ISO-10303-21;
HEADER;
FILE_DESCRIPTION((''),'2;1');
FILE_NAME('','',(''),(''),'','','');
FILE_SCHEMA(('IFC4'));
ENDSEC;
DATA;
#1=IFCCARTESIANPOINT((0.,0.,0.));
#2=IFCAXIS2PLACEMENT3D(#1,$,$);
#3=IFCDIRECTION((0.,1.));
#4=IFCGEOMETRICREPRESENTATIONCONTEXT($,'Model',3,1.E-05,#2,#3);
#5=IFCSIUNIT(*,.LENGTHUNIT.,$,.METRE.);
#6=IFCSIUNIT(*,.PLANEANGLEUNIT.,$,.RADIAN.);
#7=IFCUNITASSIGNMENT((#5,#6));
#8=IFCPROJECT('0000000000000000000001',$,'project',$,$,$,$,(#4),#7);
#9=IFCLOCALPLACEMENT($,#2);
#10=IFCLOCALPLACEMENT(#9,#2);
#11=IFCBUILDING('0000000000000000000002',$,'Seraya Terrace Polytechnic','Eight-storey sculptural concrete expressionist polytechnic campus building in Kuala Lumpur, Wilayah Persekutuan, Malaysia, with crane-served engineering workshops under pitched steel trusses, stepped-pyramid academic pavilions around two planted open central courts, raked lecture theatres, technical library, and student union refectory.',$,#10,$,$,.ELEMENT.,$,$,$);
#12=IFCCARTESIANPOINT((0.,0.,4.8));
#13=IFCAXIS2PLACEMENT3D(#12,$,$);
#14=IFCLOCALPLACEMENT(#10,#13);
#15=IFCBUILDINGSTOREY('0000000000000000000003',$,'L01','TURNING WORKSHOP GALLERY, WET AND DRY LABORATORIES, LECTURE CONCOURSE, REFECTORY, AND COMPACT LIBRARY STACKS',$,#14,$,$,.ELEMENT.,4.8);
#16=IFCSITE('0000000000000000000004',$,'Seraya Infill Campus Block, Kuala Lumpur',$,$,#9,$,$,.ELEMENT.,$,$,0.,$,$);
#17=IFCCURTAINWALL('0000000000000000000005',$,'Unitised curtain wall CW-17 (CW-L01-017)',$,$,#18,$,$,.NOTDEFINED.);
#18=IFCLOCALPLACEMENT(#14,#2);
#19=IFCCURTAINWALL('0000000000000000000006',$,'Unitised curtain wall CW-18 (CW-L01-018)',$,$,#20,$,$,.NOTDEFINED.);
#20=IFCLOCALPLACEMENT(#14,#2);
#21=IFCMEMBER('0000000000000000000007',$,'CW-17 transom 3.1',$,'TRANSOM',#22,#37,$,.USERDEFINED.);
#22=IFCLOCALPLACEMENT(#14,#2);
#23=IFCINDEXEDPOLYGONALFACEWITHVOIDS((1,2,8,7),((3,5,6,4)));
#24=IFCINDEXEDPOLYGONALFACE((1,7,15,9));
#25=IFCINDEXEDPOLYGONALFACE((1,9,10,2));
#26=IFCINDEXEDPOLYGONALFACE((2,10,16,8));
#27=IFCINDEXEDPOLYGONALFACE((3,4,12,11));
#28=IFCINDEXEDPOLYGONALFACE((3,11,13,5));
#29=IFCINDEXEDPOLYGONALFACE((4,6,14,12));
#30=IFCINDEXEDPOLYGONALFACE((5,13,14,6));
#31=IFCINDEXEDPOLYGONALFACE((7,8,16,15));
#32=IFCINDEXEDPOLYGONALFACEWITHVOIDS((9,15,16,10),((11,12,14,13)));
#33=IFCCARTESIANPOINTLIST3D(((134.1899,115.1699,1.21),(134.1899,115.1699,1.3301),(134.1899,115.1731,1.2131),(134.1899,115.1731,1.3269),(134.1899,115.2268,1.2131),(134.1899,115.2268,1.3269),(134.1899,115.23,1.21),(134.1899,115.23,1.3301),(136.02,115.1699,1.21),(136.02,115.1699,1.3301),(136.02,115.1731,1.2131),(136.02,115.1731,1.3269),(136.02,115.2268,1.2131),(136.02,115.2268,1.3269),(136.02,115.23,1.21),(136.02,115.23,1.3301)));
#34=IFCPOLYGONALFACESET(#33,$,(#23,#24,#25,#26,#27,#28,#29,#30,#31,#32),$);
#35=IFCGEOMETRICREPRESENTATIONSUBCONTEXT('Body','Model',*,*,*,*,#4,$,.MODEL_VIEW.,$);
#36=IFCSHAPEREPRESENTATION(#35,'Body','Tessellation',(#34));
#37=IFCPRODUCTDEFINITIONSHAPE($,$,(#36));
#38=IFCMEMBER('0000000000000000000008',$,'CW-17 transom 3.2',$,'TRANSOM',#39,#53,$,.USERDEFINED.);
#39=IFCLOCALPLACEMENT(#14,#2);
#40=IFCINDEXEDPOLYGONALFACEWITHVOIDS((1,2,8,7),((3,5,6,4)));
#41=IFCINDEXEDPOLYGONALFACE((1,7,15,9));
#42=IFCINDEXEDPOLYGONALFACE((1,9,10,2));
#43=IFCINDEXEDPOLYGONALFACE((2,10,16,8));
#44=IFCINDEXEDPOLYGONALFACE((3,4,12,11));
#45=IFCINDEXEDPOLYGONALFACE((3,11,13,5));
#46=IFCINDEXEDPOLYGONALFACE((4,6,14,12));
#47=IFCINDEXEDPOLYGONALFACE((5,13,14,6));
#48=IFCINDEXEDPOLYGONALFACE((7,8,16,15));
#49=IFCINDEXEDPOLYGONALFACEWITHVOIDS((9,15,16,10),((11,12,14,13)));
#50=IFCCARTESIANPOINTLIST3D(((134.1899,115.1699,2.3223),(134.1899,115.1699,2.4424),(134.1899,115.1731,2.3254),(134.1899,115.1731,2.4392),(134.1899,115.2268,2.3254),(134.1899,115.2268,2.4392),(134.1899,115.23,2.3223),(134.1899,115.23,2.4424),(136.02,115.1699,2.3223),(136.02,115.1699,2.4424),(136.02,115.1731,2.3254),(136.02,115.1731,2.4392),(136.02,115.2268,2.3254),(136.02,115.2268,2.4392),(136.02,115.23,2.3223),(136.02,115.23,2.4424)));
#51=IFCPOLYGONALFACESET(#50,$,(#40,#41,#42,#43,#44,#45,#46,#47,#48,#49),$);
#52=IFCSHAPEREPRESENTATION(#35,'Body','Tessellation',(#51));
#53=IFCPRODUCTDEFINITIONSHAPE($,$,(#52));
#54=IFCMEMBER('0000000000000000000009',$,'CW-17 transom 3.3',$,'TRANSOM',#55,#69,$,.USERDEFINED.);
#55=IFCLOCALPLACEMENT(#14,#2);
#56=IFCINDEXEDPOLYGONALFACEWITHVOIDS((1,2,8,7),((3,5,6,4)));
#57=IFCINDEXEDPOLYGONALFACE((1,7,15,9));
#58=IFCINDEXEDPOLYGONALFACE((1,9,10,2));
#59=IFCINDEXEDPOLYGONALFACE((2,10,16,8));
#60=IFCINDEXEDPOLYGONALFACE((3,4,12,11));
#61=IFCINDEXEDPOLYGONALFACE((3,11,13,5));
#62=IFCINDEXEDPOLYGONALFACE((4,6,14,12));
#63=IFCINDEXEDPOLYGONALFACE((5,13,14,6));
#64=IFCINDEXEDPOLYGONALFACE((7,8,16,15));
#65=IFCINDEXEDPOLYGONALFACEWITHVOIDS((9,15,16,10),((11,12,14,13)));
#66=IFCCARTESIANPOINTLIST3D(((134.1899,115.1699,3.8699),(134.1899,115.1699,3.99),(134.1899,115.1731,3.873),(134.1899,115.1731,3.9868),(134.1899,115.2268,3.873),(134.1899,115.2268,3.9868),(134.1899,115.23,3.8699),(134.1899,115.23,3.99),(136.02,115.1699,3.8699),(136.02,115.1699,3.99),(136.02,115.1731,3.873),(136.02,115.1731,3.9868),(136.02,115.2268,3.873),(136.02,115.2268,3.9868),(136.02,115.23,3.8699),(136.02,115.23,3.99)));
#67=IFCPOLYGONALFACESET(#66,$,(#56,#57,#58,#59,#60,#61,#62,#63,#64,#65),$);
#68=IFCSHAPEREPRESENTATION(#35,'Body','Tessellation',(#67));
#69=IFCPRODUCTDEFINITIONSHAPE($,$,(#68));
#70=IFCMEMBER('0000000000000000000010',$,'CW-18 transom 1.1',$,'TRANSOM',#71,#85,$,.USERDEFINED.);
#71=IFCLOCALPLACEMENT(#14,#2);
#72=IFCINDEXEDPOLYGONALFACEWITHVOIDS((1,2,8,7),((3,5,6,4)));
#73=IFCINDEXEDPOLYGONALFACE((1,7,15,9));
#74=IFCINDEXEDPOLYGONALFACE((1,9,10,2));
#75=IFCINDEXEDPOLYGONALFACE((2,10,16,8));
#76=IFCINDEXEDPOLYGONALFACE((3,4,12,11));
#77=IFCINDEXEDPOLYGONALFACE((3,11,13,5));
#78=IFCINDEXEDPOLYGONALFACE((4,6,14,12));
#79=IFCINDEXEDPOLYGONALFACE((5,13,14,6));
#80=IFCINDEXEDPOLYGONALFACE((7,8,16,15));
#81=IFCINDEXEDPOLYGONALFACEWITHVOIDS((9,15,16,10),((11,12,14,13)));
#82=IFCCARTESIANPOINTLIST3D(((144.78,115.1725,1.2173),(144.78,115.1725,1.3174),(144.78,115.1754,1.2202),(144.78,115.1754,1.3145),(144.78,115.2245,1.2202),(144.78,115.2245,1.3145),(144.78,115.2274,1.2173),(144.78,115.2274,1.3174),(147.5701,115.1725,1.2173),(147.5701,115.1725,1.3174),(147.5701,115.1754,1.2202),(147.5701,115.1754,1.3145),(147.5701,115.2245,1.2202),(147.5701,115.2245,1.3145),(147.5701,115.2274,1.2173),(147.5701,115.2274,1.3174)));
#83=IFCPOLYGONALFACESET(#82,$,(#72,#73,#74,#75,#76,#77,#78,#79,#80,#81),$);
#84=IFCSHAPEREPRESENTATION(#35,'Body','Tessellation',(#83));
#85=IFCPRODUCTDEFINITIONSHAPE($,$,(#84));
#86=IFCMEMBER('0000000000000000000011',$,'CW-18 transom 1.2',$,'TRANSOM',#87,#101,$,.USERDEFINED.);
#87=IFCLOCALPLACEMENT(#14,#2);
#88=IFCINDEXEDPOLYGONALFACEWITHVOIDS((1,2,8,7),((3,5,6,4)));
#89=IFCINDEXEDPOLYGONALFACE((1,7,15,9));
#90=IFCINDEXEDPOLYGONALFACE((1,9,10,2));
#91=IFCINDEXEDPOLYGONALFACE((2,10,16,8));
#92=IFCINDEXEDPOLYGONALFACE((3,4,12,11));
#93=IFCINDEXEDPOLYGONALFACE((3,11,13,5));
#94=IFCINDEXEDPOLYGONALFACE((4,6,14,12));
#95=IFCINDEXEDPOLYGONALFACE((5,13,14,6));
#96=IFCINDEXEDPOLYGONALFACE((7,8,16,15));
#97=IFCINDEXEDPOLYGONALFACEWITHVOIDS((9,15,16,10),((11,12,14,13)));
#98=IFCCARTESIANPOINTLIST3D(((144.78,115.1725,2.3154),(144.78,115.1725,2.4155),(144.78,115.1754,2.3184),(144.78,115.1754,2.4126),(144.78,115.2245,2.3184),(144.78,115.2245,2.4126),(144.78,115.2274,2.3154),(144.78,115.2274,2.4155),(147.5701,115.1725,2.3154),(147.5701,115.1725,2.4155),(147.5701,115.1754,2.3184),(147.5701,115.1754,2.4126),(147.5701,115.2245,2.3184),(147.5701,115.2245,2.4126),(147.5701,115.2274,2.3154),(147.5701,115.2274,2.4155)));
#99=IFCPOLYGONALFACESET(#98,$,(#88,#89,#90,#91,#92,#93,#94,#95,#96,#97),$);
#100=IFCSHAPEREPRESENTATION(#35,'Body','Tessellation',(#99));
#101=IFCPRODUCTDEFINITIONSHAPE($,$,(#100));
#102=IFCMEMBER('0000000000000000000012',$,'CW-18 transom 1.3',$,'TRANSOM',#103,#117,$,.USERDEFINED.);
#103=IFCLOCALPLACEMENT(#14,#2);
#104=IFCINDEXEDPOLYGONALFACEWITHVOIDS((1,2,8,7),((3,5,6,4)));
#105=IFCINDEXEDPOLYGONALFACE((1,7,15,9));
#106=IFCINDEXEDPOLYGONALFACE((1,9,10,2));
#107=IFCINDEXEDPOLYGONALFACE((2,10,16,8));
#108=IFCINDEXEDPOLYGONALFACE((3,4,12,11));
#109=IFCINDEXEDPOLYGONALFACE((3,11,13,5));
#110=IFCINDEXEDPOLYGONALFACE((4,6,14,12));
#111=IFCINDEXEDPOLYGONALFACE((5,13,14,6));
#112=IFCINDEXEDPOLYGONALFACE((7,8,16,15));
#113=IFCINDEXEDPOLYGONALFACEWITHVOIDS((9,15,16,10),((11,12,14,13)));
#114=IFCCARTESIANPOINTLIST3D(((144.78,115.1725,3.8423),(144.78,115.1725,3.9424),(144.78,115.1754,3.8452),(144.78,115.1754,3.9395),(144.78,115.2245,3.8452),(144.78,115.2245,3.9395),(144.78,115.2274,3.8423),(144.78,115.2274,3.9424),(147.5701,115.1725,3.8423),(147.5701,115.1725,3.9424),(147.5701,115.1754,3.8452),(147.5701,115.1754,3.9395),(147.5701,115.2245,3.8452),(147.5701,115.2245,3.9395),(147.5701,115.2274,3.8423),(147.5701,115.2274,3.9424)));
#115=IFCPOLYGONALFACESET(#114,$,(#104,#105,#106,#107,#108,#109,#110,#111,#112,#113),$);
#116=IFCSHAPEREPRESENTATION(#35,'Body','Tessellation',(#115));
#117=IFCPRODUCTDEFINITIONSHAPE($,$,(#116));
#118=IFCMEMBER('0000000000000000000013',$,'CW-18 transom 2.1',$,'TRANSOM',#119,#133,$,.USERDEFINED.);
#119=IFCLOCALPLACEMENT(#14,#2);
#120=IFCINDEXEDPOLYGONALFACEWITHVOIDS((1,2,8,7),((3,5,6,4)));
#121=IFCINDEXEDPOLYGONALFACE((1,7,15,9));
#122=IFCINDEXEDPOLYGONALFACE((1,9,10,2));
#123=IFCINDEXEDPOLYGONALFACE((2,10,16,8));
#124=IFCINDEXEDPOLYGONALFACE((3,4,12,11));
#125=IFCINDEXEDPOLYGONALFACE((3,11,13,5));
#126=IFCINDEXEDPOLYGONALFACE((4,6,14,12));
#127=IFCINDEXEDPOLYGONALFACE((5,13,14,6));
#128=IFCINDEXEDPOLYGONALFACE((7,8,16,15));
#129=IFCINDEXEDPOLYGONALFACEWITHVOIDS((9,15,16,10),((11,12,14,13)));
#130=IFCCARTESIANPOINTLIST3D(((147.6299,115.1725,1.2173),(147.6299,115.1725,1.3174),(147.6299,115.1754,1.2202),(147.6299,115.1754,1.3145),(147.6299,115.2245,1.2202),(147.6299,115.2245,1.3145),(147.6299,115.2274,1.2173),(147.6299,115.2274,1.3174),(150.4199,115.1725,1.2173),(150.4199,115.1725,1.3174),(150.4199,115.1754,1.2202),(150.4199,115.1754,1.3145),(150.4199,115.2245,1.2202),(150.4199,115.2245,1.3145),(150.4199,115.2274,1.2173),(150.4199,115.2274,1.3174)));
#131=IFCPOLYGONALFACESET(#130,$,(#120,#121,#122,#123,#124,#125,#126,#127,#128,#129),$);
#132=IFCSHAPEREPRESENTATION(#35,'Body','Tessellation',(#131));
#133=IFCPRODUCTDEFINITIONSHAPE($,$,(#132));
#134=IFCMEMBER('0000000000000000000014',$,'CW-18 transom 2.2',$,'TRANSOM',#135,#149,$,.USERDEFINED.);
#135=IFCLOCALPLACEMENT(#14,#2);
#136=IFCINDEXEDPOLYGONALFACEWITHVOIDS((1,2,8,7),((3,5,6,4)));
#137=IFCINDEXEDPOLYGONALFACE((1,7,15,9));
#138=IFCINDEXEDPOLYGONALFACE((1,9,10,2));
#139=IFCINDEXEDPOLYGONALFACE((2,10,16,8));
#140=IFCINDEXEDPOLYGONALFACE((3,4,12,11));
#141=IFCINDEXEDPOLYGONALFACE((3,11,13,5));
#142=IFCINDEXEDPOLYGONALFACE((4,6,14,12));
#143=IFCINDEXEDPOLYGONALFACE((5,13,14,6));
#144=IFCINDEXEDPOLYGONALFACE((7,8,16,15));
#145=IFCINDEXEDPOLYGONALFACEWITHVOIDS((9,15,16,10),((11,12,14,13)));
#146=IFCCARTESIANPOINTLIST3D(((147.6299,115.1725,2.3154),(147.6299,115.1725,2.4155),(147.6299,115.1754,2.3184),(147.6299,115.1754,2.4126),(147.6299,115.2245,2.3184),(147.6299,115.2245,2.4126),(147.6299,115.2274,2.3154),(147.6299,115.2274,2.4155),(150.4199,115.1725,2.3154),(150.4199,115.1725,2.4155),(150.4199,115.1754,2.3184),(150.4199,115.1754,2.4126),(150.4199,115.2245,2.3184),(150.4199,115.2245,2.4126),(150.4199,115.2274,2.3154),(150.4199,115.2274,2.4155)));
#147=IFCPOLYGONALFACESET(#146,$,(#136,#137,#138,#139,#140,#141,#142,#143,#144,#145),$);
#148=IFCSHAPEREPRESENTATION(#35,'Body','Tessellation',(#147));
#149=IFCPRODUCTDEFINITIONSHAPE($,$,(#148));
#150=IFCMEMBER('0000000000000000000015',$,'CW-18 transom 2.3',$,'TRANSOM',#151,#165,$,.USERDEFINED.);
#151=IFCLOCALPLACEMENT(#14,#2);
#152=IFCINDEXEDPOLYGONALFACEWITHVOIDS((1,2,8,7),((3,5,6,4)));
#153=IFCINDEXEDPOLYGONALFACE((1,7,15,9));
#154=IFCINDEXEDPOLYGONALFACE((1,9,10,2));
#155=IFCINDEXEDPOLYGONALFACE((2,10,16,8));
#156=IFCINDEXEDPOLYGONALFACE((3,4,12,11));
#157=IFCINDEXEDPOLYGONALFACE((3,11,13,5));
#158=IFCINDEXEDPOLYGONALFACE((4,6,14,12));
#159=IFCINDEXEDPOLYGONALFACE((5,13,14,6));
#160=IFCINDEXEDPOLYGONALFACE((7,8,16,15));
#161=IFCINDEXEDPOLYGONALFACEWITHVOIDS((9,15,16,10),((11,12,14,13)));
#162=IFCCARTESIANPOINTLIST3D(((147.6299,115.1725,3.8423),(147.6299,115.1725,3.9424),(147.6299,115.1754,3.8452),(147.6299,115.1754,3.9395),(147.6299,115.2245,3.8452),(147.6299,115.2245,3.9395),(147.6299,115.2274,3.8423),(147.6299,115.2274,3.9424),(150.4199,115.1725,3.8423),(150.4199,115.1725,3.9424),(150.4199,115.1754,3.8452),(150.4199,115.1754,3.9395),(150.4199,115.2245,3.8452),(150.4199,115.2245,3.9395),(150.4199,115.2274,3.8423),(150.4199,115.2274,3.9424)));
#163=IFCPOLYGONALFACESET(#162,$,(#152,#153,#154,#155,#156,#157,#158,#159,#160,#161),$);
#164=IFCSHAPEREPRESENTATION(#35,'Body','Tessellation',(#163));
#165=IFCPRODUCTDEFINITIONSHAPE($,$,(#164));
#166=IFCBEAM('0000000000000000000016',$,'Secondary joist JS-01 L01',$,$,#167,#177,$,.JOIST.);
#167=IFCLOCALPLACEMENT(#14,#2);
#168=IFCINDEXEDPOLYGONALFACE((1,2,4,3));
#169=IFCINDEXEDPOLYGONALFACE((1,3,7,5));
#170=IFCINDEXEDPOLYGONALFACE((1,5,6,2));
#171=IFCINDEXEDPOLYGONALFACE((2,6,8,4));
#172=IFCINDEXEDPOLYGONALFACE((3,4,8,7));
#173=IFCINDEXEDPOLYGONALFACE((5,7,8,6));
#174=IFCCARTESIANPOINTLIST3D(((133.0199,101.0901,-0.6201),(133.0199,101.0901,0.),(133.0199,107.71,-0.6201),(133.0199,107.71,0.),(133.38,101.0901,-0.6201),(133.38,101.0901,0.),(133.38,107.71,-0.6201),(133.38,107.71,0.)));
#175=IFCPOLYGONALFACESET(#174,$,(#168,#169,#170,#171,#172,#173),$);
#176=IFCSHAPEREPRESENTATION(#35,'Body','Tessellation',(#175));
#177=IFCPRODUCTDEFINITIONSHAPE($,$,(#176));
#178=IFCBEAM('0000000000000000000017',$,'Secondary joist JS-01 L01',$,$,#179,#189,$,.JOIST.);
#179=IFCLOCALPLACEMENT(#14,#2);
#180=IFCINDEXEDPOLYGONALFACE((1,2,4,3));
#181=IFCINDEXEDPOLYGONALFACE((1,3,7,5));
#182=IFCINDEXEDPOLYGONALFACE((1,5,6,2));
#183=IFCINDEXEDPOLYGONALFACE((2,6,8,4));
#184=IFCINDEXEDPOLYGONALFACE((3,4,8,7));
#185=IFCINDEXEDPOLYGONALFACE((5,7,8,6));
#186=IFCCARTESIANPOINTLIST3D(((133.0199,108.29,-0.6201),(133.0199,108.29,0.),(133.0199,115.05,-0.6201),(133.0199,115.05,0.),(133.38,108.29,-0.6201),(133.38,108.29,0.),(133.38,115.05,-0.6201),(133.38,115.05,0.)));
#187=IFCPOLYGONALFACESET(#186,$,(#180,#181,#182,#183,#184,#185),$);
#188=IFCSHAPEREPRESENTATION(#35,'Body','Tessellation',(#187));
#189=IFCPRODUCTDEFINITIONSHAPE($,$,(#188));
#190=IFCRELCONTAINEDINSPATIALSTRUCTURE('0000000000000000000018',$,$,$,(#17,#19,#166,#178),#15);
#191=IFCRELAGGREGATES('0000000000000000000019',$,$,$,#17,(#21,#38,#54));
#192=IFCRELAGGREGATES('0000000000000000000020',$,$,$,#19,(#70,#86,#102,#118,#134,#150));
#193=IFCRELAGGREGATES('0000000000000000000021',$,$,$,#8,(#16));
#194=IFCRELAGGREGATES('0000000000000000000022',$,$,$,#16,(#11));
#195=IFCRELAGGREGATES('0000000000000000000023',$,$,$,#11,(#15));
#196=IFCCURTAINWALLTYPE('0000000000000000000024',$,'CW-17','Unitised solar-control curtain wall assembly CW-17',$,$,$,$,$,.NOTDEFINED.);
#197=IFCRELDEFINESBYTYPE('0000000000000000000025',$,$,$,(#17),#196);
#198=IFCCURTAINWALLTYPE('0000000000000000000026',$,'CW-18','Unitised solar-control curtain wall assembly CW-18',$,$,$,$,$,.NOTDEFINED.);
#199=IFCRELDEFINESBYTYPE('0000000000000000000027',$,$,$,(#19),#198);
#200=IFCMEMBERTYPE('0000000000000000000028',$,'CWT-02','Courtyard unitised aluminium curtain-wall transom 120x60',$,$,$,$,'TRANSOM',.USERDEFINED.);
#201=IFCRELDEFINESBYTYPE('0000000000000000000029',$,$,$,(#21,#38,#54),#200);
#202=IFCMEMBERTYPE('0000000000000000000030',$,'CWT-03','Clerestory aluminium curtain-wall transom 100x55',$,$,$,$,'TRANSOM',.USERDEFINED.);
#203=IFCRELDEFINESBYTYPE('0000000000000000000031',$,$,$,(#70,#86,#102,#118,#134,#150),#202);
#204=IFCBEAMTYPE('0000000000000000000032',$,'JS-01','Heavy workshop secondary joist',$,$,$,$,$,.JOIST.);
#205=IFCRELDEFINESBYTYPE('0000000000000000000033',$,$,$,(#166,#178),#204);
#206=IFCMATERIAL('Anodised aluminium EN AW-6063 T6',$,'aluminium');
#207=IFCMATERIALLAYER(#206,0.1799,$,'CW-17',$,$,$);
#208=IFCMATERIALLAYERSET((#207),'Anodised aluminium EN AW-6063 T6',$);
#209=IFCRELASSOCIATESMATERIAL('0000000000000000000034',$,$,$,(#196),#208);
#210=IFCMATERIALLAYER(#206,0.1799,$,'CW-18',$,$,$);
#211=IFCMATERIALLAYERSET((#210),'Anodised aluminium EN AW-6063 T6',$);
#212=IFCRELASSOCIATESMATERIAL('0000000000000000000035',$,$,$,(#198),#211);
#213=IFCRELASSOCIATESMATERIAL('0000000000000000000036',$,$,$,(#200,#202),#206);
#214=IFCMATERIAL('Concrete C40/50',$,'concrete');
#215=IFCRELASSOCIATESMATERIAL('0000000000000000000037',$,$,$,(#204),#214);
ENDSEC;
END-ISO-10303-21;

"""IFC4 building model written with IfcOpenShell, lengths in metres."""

from ifc_helpers import new_model, si_unit, direction, frame, origin, origin_2d, place, context, subcontext, project, spatial, rectangle, hollow_rectangle, extrude, material, layer, layer_set, material_profile, profile_set, type_object, element, aggregate, save


model = new_model("IFC4")

# Units and contexts
model_context = context("Model", 3, precision=1e-05, world=origin(), true_north=direction((0.0, 1.0)))
body_context = subcontext(model_context, "Body", "Model", "MODEL_VIEW")
ifc_project = project(units=[si_unit("LENGTHUNIT", "METRE"), si_unit("PLANEANGLEUNIT", "RADIAN")], contexts=[model_context])

# Site, building, storey
site_placement = place(None, origin())
site = spatial("IfcSite", under=ifc_project, at=site_placement, Name="Seraya Infill Campus Block, Kuala Lumpur", CompositionType="ELEMENT", RefElevation=0.0)
building_placement = place(site_placement, origin())
building = spatial("IfcBuilding", under=site, at=building_placement, Name="Seraya Terrace Polytechnic", Description="Eight-storey sculptural concrete expressionist polytechnic campus building in Kuala Lumpur, Wilayah Persekutuan, Malaysia, with crane-served engineering workshops under pitched steel trusses, stepped-pyramid academic pavilions around two planted open central courts, raked lecture theatres, technical library, and student union refectory.", CompositionType="ELEMENT")
storey_placement = place(building_placement, frame((0.0, 0.0, 4.8)))
storey = spatial("IfcBuildingStorey", under=building, at=storey_placement, Name="L01", Description="TURNING WORKSHOP GALLERY, WET AND DRY LABORATORIES, LECTURE CONCOURSE, REFECTORY, AND COMPACT LIBRARY STACKS", CompositionType="ELEMENT", Elevation=4.8)

# Shared definitions
ifc_material_1 = material(Name="Concrete C40/50", Category="concrete")

# Curtain walls
ifc_material_2 = material(Name="Anodised aluminium EN AW-6063 T6", Category="aluminium")
ifc_layer_1 = layer(ifc_material_2, 0.1799, Name="CW-17")
ifc_layer_set_1 = layer_set([ifc_layer_1], Name="Anodised aluminium EN AW-6063 T6")
curtain_wall_type_1 = type_object("IfcCurtainWallType", Name="CW-17", Description="Unitised solar-control curtain wall assembly CW-17", PredefinedType="NOTDEFINED", material=ifc_layer_set_1)
curtain_wall_1_placement = place(storey_placement, origin())
curtain_wall_1 = element("IfcCurtainWall", 1, at=curtain_wall_1_placement, inside=storey, type_object=curtain_wall_type_1, Name="Unitised curtain wall CW-17 (CW-L01-017)", PredefinedType="NOTDEFINED")
ifc_layer_2 = layer(ifc_material_2, 0.1799, Name="CW-18")
ifc_layer_set_2 = layer_set([ifc_layer_2], Name="Anodised aluminium EN AW-6063 T6")
curtain_wall_type_2 = type_object("IfcCurtainWallType", Name="CW-18", Description="Unitised solar-control curtain wall assembly CW-18", PredefinedType="NOTDEFINED", material=ifc_layer_set_2)
curtain_wall_2_placement = place(storey_placement, origin())
curtain_wall_2 = element("IfcCurtainWall", 2, at=curtain_wall_2_placement, inside=storey, type_object=curtain_wall_type_2, Name="Unitised curtain wall CW-18 (CW-L01-018)", PredefinedType="NOTDEFINED")

# Members
ifc_material_profile_1 = material_profile(ifc_material_2, hollow_rectangle(XDim=0.0601, YDim=0.1201, WallThickness=0.0032, at=origin_2d()), Name="RHS 120x60x3.2")
ifc_profile_set_1 = profile_set([ifc_material_profile_1], Name="Anodised aluminium EN AW-6063 T6")
member_type_1 = type_object("IfcMemberType", Name="CWT-02", Description="Courtyard unitised aluminium curtain-wall transom 120x60", ElementType="TRANSOM", PredefinedType="USERDEFINED", material=ifc_profile_set_1)
member_1_placement = place(storey_placement, frame((134.1899, 115.2, 1.27), z_axis=(1.0, 0.0, 0.0), x_axis=(0.0, 1.0, 0.0)))
member_1 = element("IfcMember", 3, at=member_1_placement, type_object=member_type_1, Name="CW-17 transom 3.1", ObjectType="TRANSOM", PredefinedType="USERDEFINED", context=body_context, shape_type="SweptSolid", body=[
    extrude(hollow_rectangle(XDim=0.0601, YDim=0.1201, WallThickness=0.0032, at=origin_2d()), origin(), (0.0, 0.0, 1.0), 1.8301),
])
member_2_placement = place(storey_placement, frame((134.1899, 115.2, 2.3823), z_axis=(1.0, 0.0, 0.0), x_axis=(0.0, 1.0, 0.0)))
member_2 = element("IfcMember", 4, at=member_2_placement, type_object=member_type_1, Name="CW-17 transom 3.2", ObjectType="TRANSOM", PredefinedType="USERDEFINED", context=body_context, shape_type="SweptSolid", body=[
    extrude(hollow_rectangle(XDim=0.0601, YDim=0.1201, WallThickness=0.0032, at=origin_2d()), origin(), (0.0, 0.0, 1.0), 1.8301),
])
member_3_placement = place(storey_placement, frame((134.1899, 115.2, 3.9299), z_axis=(1.0, 0.0, 0.0), x_axis=(0.0, 1.0, 0.0)))
member_3 = element("IfcMember", 5, at=member_3_placement, type_object=member_type_1, Name="CW-17 transom 3.3", ObjectType="TRANSOM", PredefinedType="USERDEFINED", context=body_context, shape_type="SweptSolid", body=[
    extrude(hollow_rectangle(XDim=0.0601, YDim=0.1201, WallThickness=0.0032, at=origin_2d()), origin(), (0.0, 0.0, 1.0), 1.8301),
])
ifc_material_profile_2 = material_profile(ifc_material_2, hollow_rectangle(XDim=0.0549, YDim=0.1001, WallThickness=0.0029, at=origin_2d()), Name="RHS 100x55x3.0")
ifc_profile_set_2 = profile_set([ifc_material_profile_2], Name="Anodised aluminium EN AW-6063 T6")
member_type_2 = type_object("IfcMemberType", Name="CWT-03", Description="Clerestory aluminium curtain-wall transom 100x55", ElementType="TRANSOM", PredefinedType="USERDEFINED", material=ifc_profile_set_2)
member_4_placement = place(storey_placement, frame((144.78, 115.2, 1.2673), z_axis=(1.0, 0.0, 0.0), x_axis=(0.0, 1.0, 0.0)))
member_4 = element("IfcMember", 6, at=member_4_placement, type_object=member_type_2, Name="CW-18 transom 1.1", ObjectType="TRANSOM", PredefinedType="USERDEFINED", context=body_context, shape_type="SweptSolid", body=[
    extrude(hollow_rectangle(XDim=0.0549, YDim=0.1001, WallThickness=0.0029, at=origin_2d()), origin(), (0.0, 0.0, 1.0), 2.79),
])
member_5_placement = place(storey_placement, frame((144.78, 115.2, 2.3655), z_axis=(1.0, 0.0, 0.0), x_axis=(0.0, 1.0, 0.0)))
member_5 = element("IfcMember", 7, at=member_5_placement, type_object=member_type_2, Name="CW-18 transom 1.2", ObjectType="TRANSOM", PredefinedType="USERDEFINED", context=body_context, shape_type="SweptSolid", body=[
    extrude(hollow_rectangle(XDim=0.0549, YDim=0.1001, WallThickness=0.0029, at=origin_2d()), origin(), (0.0, 0.0, 1.0), 2.79),
])
member_6_placement = place(storey_placement, frame((144.78, 115.2, 3.8923), z_axis=(1.0, 0.0, 0.0), x_axis=(0.0, 1.0, 0.0)))
member_6 = element("IfcMember", 8, at=member_6_placement, type_object=member_type_2, Name="CW-18 transom 1.3", ObjectType="TRANSOM", PredefinedType="USERDEFINED", context=body_context, shape_type="SweptSolid", body=[
    extrude(hollow_rectangle(XDim=0.0549, YDim=0.1001, WallThickness=0.0029, at=origin_2d()), origin(), (0.0, 0.0, 1.0), 2.79),
])
member_7_placement = place(storey_placement, frame((147.6299, 115.2, 1.2673), z_axis=(1.0, 0.0, 0.0), x_axis=(0.0, 1.0, 0.0)))
member_7 = element("IfcMember", 9, at=member_7_placement, type_object=member_type_2, Name="CW-18 transom 2.1", ObjectType="TRANSOM", PredefinedType="USERDEFINED", context=body_context, shape_type="SweptSolid", body=[
    extrude(hollow_rectangle(XDim=0.0549, YDim=0.1001, WallThickness=0.0029, at=origin_2d()), origin(), (0.0, 0.0, 1.0), 2.79),
])
member_8_placement = place(storey_placement, frame((147.6299, 115.2, 2.3655), z_axis=(1.0, 0.0, 0.0), x_axis=(0.0, 1.0, 0.0)))
member_8 = element("IfcMember", 10, at=member_8_placement, type_object=member_type_2, Name="CW-18 transom 2.2", ObjectType="TRANSOM", PredefinedType="USERDEFINED", context=body_context, shape_type="SweptSolid", body=[
    extrude(hollow_rectangle(XDim=0.0549, YDim=0.1001, WallThickness=0.0029, at=origin_2d()), origin(), (0.0, 0.0, 1.0), 2.79),
])
member_9_placement = place(storey_placement, frame((147.6299, 115.2, 3.8923), z_axis=(1.0, 0.0, 0.0), x_axis=(0.0, 1.0, 0.0)))
member_9 = element("IfcMember", 11, at=member_9_placement, type_object=member_type_2, Name="CW-18 transom 2.3", ObjectType="TRANSOM", PredefinedType="USERDEFINED", context=body_context, shape_type="SweptSolid", body=[
    extrude(hollow_rectangle(XDim=0.0549, YDim=0.1001, WallThickness=0.0029, at=origin_2d()), origin(), (0.0, 0.0, 1.0), 2.79),
])

# Beams
ifc_material_profile_3 = material_profile(ifc_material_1, rectangle(XDim=0.3601, YDim=0.6201, at=origin_2d()), Name="RC 360x620")
ifc_profile_set_3 = profile_set([ifc_material_profile_3], Name="Concrete C40/50")
beam_type_1 = type_object("IfcBeamType", Name="JS-01", Description="Heavy workshop secondary joist", PredefinedType="JOIST", material=ifc_profile_set_3)
beam_1_placement = place(storey_placement, frame((133.2, 101.0901, -0.3101), z_axis=(0.0, 1.0, 0.0), x_axis=(-1.0, 0.0, 0.0)))
element("IfcBeam", 12, at=beam_1_placement, inside=storey, type_object=beam_type_1, Name="Secondary joist JS-01 L01", PredefinedType="JOIST", context=body_context, shape_type="SweptSolid", body=[
    extrude(rectangle(XDim=0.3601, YDim=0.6201, at=origin_2d()), origin(), (0.0, 0.0, 1.0), 6.6199),
])
beam_2_placement = place(storey_placement, frame((133.2, 108.29, -0.3101), z_axis=(0.0, 1.0, 0.0), x_axis=(-1.0, 0.0, 0.0)))
element("IfcBeam", 13, at=beam_2_placement, inside=storey, type_object=beam_type_1, Name="Secondary joist JS-01 L01", PredefinedType="JOIST", context=body_context, shape_type="SweptSolid", body=[
    extrude(rectangle(XDim=0.3601, YDim=0.6201, at=origin_2d()), origin(), (0.0, 0.0, 1.0), 6.76),
])

aggregate(curtain_wall_1, [member_1, member_2, member_3])
aggregate(curtain_wall_2, [member_4, member_5, member_6, member_7, member_8, member_9])

save(model, "model.ifc")
